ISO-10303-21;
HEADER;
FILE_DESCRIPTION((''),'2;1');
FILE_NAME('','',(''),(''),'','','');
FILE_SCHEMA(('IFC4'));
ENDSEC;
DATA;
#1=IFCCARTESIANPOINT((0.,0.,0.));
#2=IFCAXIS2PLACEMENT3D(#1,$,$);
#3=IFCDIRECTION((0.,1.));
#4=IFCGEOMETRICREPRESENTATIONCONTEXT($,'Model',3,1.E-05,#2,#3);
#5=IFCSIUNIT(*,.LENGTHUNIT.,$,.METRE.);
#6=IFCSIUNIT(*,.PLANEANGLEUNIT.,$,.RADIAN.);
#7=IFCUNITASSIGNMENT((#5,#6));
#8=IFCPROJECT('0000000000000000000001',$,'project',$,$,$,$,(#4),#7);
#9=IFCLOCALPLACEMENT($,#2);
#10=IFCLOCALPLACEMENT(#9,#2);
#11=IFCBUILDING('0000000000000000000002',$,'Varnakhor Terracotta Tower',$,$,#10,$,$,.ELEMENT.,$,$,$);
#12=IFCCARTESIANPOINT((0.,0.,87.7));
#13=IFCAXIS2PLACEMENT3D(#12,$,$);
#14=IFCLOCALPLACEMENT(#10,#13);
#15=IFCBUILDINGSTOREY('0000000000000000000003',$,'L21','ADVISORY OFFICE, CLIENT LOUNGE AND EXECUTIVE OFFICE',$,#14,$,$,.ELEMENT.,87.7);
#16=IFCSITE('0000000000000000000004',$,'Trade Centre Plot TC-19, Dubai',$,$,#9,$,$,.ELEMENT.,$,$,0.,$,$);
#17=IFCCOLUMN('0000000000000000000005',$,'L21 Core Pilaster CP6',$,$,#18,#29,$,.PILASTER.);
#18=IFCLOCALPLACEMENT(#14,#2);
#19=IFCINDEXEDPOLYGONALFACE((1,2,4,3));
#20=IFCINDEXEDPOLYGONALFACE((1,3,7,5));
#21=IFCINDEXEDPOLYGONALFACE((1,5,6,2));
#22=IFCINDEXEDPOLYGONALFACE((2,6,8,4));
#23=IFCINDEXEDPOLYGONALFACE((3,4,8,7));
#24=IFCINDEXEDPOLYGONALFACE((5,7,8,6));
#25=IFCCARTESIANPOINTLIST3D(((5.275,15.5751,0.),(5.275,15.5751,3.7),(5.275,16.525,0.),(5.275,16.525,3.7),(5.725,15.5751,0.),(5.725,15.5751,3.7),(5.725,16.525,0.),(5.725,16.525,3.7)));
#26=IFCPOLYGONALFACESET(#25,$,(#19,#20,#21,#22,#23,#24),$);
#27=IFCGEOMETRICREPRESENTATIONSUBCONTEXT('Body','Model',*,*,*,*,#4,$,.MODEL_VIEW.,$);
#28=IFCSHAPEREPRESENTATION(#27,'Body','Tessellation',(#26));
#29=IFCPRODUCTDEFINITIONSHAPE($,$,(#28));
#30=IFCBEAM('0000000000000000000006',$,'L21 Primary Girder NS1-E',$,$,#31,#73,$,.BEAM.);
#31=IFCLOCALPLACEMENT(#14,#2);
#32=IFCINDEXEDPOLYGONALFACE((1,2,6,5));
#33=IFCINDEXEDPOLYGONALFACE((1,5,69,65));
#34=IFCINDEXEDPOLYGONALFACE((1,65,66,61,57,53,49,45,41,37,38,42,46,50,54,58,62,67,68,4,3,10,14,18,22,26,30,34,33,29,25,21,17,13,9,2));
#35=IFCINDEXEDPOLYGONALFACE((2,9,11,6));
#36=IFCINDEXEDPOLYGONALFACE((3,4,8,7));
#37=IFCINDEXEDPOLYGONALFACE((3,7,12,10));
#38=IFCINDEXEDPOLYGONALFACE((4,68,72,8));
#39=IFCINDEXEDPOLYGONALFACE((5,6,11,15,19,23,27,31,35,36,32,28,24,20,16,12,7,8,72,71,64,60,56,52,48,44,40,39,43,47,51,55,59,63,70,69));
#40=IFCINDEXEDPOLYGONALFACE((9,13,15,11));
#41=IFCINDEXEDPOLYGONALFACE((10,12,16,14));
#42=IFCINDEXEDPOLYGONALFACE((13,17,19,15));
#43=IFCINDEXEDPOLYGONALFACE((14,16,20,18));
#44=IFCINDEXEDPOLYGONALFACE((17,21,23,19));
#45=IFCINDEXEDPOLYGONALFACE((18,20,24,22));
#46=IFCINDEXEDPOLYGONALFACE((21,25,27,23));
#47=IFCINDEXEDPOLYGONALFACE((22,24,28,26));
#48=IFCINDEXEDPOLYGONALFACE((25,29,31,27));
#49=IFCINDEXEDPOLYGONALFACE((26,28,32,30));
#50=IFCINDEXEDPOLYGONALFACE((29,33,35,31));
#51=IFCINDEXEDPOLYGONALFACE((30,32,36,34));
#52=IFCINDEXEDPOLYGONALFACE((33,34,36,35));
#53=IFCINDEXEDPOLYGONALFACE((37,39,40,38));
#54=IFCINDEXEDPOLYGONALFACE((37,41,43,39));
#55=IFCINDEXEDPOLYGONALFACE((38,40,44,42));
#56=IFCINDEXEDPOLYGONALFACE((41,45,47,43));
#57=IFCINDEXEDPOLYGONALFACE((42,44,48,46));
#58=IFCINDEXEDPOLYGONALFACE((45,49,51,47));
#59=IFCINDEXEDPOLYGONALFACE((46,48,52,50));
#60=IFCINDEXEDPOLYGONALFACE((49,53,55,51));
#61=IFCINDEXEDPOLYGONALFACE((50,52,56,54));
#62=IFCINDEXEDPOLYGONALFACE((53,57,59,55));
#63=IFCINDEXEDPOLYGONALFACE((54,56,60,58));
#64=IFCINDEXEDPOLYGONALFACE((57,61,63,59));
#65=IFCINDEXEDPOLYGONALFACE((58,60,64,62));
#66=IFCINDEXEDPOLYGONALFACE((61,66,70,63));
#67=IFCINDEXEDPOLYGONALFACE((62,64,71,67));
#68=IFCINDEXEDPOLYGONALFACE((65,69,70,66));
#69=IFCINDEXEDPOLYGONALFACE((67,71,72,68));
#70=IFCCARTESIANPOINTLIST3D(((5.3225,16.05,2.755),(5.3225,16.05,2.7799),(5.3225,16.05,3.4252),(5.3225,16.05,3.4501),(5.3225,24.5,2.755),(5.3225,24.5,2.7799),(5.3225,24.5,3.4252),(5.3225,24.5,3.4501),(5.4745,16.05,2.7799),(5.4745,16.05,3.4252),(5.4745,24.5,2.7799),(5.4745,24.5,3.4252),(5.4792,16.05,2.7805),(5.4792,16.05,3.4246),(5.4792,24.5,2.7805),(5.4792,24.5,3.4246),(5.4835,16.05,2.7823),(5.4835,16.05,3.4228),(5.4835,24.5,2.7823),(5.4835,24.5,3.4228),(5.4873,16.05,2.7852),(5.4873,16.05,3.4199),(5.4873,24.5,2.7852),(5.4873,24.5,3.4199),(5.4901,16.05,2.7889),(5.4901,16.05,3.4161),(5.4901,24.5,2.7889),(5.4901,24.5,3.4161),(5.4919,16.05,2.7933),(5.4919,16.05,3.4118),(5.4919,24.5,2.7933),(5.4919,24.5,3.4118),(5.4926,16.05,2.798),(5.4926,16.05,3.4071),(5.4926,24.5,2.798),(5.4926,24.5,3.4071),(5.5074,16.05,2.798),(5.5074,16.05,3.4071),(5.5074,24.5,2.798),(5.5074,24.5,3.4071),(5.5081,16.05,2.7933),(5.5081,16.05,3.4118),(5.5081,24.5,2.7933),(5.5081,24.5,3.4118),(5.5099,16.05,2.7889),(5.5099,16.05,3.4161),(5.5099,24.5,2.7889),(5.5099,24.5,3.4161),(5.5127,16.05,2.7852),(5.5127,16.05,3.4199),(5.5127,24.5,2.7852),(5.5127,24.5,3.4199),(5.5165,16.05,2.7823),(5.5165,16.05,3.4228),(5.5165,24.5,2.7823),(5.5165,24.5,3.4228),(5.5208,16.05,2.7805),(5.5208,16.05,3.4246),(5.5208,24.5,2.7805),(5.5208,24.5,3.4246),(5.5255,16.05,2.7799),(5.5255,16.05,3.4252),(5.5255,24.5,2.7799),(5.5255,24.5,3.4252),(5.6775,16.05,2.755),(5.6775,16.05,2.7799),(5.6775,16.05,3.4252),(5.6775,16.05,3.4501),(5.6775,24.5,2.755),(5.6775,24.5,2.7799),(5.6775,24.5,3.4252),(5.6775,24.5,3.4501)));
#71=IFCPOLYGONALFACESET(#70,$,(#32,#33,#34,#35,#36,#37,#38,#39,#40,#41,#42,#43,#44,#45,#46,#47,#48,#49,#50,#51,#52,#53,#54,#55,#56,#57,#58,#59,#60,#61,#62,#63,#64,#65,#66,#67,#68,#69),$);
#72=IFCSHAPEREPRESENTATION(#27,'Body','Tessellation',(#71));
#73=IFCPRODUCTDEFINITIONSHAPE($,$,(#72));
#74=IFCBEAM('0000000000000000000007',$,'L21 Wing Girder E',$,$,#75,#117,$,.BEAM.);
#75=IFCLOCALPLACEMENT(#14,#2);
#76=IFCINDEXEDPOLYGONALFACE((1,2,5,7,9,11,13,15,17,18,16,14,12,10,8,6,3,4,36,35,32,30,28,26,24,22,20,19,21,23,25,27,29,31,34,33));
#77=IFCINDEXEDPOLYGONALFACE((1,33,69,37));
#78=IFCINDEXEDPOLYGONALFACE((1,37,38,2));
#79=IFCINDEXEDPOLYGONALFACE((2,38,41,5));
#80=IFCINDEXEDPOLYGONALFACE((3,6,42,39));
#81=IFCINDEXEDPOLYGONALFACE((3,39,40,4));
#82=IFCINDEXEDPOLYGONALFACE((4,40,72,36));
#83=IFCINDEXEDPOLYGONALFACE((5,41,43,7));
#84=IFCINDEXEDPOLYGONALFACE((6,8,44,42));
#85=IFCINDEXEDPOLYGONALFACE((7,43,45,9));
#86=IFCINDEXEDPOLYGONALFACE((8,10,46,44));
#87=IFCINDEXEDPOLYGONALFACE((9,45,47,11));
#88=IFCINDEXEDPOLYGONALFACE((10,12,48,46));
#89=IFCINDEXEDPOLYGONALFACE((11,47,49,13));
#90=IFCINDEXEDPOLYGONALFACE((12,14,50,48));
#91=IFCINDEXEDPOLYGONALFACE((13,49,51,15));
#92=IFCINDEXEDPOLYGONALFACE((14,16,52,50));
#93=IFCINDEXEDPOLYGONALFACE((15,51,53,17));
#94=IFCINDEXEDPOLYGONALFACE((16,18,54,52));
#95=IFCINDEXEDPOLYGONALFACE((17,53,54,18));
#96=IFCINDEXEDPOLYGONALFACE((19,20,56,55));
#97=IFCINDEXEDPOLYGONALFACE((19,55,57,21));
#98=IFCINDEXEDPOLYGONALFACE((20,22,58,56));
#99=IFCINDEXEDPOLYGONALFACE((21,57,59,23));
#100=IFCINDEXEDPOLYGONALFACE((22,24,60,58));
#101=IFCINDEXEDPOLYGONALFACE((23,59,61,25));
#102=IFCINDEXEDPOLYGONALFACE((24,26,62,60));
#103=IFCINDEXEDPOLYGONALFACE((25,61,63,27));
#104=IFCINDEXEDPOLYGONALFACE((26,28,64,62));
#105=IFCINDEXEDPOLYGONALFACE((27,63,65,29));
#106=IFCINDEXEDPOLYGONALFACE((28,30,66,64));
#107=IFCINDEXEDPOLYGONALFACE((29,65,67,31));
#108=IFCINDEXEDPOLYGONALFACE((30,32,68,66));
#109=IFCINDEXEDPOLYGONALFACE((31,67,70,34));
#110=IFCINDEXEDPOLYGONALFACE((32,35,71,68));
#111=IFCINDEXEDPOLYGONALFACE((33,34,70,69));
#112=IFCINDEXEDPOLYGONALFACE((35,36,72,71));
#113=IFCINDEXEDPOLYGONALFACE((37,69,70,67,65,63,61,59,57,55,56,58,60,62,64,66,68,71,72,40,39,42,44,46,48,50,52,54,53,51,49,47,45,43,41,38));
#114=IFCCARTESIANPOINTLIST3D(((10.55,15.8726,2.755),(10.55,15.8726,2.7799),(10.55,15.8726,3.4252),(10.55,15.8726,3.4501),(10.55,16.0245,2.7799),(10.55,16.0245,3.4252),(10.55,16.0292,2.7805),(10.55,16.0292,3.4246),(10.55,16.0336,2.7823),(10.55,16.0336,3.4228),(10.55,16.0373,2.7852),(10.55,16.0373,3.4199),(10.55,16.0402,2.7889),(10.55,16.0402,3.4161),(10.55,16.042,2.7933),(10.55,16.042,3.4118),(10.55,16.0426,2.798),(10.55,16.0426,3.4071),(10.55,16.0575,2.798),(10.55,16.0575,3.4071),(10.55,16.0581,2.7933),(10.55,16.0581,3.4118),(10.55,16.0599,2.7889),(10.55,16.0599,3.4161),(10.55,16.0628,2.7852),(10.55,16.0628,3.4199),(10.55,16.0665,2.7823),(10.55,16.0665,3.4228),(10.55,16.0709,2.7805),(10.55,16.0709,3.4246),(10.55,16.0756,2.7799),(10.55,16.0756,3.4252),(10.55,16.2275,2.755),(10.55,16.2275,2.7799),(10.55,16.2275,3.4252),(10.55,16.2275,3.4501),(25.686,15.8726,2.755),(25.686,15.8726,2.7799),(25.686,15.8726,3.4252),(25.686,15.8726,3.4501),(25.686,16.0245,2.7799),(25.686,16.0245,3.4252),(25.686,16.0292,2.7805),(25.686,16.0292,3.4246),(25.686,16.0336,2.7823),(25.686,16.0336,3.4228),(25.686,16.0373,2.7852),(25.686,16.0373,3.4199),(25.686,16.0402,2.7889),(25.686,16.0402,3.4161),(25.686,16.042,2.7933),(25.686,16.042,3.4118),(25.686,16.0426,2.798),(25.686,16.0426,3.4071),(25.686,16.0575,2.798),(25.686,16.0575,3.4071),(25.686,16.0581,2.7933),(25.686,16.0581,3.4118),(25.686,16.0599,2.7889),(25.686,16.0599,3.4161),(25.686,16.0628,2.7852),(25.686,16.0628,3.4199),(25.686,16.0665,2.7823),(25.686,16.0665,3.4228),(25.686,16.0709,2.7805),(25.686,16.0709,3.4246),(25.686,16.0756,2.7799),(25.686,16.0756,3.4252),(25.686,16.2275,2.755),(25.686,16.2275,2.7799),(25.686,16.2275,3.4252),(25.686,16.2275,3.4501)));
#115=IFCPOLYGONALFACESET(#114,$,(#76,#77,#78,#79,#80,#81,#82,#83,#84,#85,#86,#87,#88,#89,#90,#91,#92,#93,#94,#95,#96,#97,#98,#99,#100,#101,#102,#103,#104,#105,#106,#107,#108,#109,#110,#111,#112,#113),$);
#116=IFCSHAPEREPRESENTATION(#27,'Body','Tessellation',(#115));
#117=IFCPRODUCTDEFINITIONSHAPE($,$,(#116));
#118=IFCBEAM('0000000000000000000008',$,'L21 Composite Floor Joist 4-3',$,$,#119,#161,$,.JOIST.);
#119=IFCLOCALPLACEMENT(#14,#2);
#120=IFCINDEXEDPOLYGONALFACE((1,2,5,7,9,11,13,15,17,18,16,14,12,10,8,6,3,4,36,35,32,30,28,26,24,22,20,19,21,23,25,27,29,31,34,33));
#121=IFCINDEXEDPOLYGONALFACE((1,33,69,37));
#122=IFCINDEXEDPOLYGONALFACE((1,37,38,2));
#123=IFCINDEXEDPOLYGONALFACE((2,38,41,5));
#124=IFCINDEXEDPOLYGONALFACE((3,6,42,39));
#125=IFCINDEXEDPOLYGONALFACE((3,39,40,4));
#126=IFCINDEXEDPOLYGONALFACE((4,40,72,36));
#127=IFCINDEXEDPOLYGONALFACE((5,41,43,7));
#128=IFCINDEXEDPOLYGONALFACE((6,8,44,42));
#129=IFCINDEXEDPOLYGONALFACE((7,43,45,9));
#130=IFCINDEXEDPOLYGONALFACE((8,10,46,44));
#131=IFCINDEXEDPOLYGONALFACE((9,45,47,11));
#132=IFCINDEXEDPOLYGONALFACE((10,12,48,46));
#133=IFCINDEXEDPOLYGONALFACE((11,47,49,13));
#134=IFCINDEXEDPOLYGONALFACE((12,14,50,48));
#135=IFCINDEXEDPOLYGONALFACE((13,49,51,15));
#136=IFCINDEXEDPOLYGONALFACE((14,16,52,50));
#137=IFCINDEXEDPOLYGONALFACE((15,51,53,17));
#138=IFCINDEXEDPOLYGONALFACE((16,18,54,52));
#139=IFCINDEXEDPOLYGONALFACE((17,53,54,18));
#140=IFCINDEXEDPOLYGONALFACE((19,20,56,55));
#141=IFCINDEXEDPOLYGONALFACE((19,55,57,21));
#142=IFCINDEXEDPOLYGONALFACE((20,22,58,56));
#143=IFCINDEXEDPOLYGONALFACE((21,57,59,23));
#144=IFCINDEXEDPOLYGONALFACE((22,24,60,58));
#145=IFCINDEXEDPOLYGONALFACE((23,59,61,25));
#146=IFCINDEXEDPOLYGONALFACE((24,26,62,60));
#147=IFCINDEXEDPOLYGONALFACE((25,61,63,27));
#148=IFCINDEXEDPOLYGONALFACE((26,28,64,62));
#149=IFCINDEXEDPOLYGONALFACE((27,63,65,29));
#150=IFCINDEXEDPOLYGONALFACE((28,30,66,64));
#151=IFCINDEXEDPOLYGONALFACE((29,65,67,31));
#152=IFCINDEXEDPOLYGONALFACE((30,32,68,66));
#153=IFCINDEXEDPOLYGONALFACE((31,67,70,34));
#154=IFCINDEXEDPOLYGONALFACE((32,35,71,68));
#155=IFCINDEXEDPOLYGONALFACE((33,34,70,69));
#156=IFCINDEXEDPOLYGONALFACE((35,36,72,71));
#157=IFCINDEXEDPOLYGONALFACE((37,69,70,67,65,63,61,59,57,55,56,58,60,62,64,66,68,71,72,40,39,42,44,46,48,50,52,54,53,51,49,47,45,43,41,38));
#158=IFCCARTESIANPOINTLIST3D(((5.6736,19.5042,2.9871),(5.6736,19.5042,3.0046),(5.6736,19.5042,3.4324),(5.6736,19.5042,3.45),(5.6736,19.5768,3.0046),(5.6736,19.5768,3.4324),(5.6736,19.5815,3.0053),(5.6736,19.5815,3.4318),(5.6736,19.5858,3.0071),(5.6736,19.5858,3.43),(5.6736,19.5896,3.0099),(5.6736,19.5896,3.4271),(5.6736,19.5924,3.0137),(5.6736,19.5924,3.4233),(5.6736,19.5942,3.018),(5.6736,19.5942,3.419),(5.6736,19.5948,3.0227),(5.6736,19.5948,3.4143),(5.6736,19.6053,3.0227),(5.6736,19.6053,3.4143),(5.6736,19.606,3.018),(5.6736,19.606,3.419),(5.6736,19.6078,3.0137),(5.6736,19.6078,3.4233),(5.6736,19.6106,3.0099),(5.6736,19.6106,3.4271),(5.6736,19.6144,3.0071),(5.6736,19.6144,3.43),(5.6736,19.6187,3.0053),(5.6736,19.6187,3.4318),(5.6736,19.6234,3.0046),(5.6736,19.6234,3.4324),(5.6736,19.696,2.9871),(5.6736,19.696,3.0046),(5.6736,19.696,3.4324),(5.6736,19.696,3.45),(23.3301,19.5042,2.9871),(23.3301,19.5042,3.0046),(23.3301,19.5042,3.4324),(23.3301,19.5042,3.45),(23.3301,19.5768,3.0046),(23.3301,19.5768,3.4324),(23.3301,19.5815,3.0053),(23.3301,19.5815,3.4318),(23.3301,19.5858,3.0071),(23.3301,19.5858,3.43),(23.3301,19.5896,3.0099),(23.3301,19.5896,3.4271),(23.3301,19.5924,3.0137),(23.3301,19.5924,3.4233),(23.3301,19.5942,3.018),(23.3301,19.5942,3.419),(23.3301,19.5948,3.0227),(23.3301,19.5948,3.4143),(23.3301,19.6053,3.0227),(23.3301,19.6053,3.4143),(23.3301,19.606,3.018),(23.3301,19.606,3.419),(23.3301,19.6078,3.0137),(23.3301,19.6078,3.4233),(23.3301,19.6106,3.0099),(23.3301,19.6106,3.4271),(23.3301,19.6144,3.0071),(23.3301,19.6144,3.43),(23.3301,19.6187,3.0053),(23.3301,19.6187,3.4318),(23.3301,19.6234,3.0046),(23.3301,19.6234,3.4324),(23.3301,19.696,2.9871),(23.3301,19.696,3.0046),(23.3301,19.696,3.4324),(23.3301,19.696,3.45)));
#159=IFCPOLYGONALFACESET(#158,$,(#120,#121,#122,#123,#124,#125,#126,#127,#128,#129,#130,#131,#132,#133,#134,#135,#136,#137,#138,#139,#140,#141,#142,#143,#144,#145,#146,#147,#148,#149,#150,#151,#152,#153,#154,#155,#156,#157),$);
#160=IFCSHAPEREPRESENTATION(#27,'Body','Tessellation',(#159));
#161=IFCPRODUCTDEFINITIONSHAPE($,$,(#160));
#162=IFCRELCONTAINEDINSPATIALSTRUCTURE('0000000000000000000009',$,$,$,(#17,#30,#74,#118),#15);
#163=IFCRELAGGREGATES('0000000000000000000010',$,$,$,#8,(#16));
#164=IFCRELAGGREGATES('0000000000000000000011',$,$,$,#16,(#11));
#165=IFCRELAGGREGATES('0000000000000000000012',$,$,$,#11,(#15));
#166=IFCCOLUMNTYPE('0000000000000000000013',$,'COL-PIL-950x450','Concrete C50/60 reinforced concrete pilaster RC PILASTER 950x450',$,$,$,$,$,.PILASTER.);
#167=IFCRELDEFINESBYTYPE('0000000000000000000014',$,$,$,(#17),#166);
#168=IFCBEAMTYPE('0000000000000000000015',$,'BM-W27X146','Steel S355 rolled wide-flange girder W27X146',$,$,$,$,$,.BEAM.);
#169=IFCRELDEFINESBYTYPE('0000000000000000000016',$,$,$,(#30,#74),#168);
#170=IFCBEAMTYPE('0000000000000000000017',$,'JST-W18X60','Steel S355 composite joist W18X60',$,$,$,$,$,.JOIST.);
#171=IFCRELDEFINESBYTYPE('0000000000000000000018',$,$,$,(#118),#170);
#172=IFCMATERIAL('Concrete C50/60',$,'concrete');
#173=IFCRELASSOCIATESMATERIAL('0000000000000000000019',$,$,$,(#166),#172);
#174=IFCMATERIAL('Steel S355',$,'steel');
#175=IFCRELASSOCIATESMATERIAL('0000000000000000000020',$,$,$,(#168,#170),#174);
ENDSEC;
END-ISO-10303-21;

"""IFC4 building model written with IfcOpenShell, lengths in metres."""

from ifc_helpers import new_model, si_unit, direction, frame, origin, origin_2d, place, context, subcontext, project, spatial, rectangle, i_section, extrude, source, transform, mapped, material, material_profile, profile_set, type_object, type_shapes, element, save


model = new_model("IFC4")

# Units and contexts
model_context = context("Model", 3, precision=1e-05, world=origin(), true_north=direction((0.0, 1.0)))
body_context = subcontext(model_context, "Body", "Model", "MODEL_VIEW")
ifc_project = project(units=[si_unit("LENGTHUNIT", "METRE"), si_unit("PLANEANGLEUNIT", "RADIAN")], contexts=[model_context])

# Site, building, storey
site_placement = place(None, origin())
site = spatial("IfcSite", under=ifc_project, at=site_placement, Name="Trade Centre Plot TC-19, Dubai", CompositionType="ELEMENT", RefElevation=0.0)
building_placement = place(site_placement, origin())
building = spatial("IfcBuilding", under=site, at=building_placement, Name="Varnakhor Terracotta Tower", CompositionType="ELEMENT")
storey_placement = place(building_placement, frame((0.0, 0.0, 87.7)))
storey = spatial("IfcBuildingStorey", under=building, at=storey_placement, Name="L21", Description="ADVISORY OFFICE, CLIENT LOUNGE AND EXECUTIVE OFFICE", CompositionType="ELEMENT", Elevation=87.7)

# Column
ifc_material_1 = material(Name="Concrete C50/60", Category="concrete")
ifc_material_profile_1 = material_profile(ifc_material_1, rectangle(XDim=0.45, YDim=0.95, at=origin_2d()), Name="RC PILASTER 950x450")
ifc_profile_set_1 = profile_set([ifc_material_profile_1], Name="Concrete C50/60")
column_type = type_object("IfcColumnType", Name="COL-PIL-950x450", Description="Concrete C50/60 reinforced concrete pilaster RC PILASTER 950x450", PredefinedType="PILASTER", material=ifc_profile_set_1)
shared_shape_1 = source(origin(), body_context, "Body", "SweptSolid", [
    extrude(rectangle(XDim=0.45, YDim=0.95, at=origin_2d()), origin(), (0.0, 0.0, 1.0), 3.7),
])
column_placement = place(storey_placement, frame((5.5, 16.05, 0.0), z_axis=(0.0, 0.0, 1.0), x_axis=(1.0, 0.0, 0.0)))
element("IfcColumn", 1, at=column_placement, inside=storey, type_object=column_type, Name="L21 Core Pilaster CP6", PredefinedType="PILASTER", context=body_context, shape_type="MappedRepresentation", body=[
    mapped(shared_shape_1, transform((0.0, 0.0, 0.0), scale=1.0)),
])

# Beams
ifc_material_2 = material(Name="Steel S355", Category="steel")
ifc_material_profile_2 = material_profile(ifc_material_2, i_section(OverallWidth=0.355, OverallDepth=0.6951, WebThickness=0.0149, FlangeThickness=0.0249, FilletRadius=0.0181, at=origin_2d()), Name="W27X146")
ifc_profile_set_2 = profile_set([ifc_material_profile_2], Name="Steel S355")
beam_type_1 = type_object("IfcBeamType", Name="BM-W27X146", Description="Steel S355 rolled wide-flange girder W27X146", PredefinedType="BEAM", material=ifc_profile_set_2)
shared_shape_2 = source(origin(), body_context, "Body", "SweptSolid", [
    extrude(i_section(OverallWidth=0.355, OverallDepth=0.6951, WebThickness=0.0149, FlangeThickness=0.0249, FilletRadius=0.0181, at=origin_2d()), origin(), (0.0, 0.0, 1.0), 8.45),
])
type_shapes(beam_type_1, [shared_shape_2])
beam_1_placement = place(storey_placement, frame((5.5, 16.05, 3.1025), z_axis=(0.0, 1.0, 0.0), x_axis=(-1.0, 0.0, 0.0)))
element("IfcBeam", 2, at=beam_1_placement, inside=storey, type_object=beam_type_1, Name="L21 Primary Girder NS1-E", PredefinedType="BEAM", context=body_context, shape_type="MappedRepresentation", body=[
    mapped(shared_shape_2, transform((0.0, 0.0, 0.0), scale=1.0)),
])
shared_shape_3 = source(origin(), body_context, "Body", "SweptSolid", [
    extrude(i_section(OverallWidth=0.355, OverallDepth=0.6951, WebThickness=0.0149, FlangeThickness=0.0249, FilletRadius=0.0181, at=origin_2d()), origin(), (0.0, 0.0, 1.0), 15.136),
])
beam_2_placement = place(storey_placement, frame((10.55, 16.05, 3.1025), z_axis=(1.0, 0.0, 0.0), x_axis=(0.0, 1.0, 0.0)))
element("IfcBeam", 3, at=beam_2_placement, inside=storey, type_object=beam_type_1, Name="L21 Wing Girder E", PredefinedType="BEAM", context=body_context, shape_type="MappedRepresentation", body=[
    mapped(shared_shape_3, transform((0.0, 0.0, 0.0), scale=1.0)),
])
ifc_material_profile_3 = material_profile(ifc_material_2, i_section(OverallWidth=0.1919, OverallDepth=0.4629, WebThickness=0.0105, FlangeThickness=0.0176, FilletRadius=0.0181, at=origin_2d()), Name="W18X60")
ifc_profile_set_3 = profile_set([ifc_material_profile_3], Name="Steel S355")
beam_type_2 = type_object("IfcBeamType", Name="JST-W18X60", Description="Steel S355 composite joist W18X60", PredefinedType="JOIST", material=ifc_profile_set_3)
shared_shape_4 = source(origin(), body_context, "Body", "SweptSolid", [
    extrude(i_section(OverallWidth=0.1919, OverallDepth=0.4629, WebThickness=0.0105, FlangeThickness=0.0176, FilletRadius=0.0181, at=origin_2d()), origin(), (0.0, 0.0, 1.0), 17.6565),
])
beam_3_placement = place(storey_placement, frame((5.6736, 19.6001, 3.2185), z_axis=(1.0, 0.0, 0.0), x_axis=(0.0, 1.0, 0.0)))
element("IfcBeam", 4, at=beam_3_placement, inside=storey, type_object=beam_type_2, Name="L21 Composite Floor Joist 4-3", PredefinedType="JOIST", context=body_context, shape_type="MappedRepresentation", body=[
    mapped(shared_shape_4, transform((0.0, 0.0, 0.0), scale=1.0)),
])

save(model, "model.ifc")
